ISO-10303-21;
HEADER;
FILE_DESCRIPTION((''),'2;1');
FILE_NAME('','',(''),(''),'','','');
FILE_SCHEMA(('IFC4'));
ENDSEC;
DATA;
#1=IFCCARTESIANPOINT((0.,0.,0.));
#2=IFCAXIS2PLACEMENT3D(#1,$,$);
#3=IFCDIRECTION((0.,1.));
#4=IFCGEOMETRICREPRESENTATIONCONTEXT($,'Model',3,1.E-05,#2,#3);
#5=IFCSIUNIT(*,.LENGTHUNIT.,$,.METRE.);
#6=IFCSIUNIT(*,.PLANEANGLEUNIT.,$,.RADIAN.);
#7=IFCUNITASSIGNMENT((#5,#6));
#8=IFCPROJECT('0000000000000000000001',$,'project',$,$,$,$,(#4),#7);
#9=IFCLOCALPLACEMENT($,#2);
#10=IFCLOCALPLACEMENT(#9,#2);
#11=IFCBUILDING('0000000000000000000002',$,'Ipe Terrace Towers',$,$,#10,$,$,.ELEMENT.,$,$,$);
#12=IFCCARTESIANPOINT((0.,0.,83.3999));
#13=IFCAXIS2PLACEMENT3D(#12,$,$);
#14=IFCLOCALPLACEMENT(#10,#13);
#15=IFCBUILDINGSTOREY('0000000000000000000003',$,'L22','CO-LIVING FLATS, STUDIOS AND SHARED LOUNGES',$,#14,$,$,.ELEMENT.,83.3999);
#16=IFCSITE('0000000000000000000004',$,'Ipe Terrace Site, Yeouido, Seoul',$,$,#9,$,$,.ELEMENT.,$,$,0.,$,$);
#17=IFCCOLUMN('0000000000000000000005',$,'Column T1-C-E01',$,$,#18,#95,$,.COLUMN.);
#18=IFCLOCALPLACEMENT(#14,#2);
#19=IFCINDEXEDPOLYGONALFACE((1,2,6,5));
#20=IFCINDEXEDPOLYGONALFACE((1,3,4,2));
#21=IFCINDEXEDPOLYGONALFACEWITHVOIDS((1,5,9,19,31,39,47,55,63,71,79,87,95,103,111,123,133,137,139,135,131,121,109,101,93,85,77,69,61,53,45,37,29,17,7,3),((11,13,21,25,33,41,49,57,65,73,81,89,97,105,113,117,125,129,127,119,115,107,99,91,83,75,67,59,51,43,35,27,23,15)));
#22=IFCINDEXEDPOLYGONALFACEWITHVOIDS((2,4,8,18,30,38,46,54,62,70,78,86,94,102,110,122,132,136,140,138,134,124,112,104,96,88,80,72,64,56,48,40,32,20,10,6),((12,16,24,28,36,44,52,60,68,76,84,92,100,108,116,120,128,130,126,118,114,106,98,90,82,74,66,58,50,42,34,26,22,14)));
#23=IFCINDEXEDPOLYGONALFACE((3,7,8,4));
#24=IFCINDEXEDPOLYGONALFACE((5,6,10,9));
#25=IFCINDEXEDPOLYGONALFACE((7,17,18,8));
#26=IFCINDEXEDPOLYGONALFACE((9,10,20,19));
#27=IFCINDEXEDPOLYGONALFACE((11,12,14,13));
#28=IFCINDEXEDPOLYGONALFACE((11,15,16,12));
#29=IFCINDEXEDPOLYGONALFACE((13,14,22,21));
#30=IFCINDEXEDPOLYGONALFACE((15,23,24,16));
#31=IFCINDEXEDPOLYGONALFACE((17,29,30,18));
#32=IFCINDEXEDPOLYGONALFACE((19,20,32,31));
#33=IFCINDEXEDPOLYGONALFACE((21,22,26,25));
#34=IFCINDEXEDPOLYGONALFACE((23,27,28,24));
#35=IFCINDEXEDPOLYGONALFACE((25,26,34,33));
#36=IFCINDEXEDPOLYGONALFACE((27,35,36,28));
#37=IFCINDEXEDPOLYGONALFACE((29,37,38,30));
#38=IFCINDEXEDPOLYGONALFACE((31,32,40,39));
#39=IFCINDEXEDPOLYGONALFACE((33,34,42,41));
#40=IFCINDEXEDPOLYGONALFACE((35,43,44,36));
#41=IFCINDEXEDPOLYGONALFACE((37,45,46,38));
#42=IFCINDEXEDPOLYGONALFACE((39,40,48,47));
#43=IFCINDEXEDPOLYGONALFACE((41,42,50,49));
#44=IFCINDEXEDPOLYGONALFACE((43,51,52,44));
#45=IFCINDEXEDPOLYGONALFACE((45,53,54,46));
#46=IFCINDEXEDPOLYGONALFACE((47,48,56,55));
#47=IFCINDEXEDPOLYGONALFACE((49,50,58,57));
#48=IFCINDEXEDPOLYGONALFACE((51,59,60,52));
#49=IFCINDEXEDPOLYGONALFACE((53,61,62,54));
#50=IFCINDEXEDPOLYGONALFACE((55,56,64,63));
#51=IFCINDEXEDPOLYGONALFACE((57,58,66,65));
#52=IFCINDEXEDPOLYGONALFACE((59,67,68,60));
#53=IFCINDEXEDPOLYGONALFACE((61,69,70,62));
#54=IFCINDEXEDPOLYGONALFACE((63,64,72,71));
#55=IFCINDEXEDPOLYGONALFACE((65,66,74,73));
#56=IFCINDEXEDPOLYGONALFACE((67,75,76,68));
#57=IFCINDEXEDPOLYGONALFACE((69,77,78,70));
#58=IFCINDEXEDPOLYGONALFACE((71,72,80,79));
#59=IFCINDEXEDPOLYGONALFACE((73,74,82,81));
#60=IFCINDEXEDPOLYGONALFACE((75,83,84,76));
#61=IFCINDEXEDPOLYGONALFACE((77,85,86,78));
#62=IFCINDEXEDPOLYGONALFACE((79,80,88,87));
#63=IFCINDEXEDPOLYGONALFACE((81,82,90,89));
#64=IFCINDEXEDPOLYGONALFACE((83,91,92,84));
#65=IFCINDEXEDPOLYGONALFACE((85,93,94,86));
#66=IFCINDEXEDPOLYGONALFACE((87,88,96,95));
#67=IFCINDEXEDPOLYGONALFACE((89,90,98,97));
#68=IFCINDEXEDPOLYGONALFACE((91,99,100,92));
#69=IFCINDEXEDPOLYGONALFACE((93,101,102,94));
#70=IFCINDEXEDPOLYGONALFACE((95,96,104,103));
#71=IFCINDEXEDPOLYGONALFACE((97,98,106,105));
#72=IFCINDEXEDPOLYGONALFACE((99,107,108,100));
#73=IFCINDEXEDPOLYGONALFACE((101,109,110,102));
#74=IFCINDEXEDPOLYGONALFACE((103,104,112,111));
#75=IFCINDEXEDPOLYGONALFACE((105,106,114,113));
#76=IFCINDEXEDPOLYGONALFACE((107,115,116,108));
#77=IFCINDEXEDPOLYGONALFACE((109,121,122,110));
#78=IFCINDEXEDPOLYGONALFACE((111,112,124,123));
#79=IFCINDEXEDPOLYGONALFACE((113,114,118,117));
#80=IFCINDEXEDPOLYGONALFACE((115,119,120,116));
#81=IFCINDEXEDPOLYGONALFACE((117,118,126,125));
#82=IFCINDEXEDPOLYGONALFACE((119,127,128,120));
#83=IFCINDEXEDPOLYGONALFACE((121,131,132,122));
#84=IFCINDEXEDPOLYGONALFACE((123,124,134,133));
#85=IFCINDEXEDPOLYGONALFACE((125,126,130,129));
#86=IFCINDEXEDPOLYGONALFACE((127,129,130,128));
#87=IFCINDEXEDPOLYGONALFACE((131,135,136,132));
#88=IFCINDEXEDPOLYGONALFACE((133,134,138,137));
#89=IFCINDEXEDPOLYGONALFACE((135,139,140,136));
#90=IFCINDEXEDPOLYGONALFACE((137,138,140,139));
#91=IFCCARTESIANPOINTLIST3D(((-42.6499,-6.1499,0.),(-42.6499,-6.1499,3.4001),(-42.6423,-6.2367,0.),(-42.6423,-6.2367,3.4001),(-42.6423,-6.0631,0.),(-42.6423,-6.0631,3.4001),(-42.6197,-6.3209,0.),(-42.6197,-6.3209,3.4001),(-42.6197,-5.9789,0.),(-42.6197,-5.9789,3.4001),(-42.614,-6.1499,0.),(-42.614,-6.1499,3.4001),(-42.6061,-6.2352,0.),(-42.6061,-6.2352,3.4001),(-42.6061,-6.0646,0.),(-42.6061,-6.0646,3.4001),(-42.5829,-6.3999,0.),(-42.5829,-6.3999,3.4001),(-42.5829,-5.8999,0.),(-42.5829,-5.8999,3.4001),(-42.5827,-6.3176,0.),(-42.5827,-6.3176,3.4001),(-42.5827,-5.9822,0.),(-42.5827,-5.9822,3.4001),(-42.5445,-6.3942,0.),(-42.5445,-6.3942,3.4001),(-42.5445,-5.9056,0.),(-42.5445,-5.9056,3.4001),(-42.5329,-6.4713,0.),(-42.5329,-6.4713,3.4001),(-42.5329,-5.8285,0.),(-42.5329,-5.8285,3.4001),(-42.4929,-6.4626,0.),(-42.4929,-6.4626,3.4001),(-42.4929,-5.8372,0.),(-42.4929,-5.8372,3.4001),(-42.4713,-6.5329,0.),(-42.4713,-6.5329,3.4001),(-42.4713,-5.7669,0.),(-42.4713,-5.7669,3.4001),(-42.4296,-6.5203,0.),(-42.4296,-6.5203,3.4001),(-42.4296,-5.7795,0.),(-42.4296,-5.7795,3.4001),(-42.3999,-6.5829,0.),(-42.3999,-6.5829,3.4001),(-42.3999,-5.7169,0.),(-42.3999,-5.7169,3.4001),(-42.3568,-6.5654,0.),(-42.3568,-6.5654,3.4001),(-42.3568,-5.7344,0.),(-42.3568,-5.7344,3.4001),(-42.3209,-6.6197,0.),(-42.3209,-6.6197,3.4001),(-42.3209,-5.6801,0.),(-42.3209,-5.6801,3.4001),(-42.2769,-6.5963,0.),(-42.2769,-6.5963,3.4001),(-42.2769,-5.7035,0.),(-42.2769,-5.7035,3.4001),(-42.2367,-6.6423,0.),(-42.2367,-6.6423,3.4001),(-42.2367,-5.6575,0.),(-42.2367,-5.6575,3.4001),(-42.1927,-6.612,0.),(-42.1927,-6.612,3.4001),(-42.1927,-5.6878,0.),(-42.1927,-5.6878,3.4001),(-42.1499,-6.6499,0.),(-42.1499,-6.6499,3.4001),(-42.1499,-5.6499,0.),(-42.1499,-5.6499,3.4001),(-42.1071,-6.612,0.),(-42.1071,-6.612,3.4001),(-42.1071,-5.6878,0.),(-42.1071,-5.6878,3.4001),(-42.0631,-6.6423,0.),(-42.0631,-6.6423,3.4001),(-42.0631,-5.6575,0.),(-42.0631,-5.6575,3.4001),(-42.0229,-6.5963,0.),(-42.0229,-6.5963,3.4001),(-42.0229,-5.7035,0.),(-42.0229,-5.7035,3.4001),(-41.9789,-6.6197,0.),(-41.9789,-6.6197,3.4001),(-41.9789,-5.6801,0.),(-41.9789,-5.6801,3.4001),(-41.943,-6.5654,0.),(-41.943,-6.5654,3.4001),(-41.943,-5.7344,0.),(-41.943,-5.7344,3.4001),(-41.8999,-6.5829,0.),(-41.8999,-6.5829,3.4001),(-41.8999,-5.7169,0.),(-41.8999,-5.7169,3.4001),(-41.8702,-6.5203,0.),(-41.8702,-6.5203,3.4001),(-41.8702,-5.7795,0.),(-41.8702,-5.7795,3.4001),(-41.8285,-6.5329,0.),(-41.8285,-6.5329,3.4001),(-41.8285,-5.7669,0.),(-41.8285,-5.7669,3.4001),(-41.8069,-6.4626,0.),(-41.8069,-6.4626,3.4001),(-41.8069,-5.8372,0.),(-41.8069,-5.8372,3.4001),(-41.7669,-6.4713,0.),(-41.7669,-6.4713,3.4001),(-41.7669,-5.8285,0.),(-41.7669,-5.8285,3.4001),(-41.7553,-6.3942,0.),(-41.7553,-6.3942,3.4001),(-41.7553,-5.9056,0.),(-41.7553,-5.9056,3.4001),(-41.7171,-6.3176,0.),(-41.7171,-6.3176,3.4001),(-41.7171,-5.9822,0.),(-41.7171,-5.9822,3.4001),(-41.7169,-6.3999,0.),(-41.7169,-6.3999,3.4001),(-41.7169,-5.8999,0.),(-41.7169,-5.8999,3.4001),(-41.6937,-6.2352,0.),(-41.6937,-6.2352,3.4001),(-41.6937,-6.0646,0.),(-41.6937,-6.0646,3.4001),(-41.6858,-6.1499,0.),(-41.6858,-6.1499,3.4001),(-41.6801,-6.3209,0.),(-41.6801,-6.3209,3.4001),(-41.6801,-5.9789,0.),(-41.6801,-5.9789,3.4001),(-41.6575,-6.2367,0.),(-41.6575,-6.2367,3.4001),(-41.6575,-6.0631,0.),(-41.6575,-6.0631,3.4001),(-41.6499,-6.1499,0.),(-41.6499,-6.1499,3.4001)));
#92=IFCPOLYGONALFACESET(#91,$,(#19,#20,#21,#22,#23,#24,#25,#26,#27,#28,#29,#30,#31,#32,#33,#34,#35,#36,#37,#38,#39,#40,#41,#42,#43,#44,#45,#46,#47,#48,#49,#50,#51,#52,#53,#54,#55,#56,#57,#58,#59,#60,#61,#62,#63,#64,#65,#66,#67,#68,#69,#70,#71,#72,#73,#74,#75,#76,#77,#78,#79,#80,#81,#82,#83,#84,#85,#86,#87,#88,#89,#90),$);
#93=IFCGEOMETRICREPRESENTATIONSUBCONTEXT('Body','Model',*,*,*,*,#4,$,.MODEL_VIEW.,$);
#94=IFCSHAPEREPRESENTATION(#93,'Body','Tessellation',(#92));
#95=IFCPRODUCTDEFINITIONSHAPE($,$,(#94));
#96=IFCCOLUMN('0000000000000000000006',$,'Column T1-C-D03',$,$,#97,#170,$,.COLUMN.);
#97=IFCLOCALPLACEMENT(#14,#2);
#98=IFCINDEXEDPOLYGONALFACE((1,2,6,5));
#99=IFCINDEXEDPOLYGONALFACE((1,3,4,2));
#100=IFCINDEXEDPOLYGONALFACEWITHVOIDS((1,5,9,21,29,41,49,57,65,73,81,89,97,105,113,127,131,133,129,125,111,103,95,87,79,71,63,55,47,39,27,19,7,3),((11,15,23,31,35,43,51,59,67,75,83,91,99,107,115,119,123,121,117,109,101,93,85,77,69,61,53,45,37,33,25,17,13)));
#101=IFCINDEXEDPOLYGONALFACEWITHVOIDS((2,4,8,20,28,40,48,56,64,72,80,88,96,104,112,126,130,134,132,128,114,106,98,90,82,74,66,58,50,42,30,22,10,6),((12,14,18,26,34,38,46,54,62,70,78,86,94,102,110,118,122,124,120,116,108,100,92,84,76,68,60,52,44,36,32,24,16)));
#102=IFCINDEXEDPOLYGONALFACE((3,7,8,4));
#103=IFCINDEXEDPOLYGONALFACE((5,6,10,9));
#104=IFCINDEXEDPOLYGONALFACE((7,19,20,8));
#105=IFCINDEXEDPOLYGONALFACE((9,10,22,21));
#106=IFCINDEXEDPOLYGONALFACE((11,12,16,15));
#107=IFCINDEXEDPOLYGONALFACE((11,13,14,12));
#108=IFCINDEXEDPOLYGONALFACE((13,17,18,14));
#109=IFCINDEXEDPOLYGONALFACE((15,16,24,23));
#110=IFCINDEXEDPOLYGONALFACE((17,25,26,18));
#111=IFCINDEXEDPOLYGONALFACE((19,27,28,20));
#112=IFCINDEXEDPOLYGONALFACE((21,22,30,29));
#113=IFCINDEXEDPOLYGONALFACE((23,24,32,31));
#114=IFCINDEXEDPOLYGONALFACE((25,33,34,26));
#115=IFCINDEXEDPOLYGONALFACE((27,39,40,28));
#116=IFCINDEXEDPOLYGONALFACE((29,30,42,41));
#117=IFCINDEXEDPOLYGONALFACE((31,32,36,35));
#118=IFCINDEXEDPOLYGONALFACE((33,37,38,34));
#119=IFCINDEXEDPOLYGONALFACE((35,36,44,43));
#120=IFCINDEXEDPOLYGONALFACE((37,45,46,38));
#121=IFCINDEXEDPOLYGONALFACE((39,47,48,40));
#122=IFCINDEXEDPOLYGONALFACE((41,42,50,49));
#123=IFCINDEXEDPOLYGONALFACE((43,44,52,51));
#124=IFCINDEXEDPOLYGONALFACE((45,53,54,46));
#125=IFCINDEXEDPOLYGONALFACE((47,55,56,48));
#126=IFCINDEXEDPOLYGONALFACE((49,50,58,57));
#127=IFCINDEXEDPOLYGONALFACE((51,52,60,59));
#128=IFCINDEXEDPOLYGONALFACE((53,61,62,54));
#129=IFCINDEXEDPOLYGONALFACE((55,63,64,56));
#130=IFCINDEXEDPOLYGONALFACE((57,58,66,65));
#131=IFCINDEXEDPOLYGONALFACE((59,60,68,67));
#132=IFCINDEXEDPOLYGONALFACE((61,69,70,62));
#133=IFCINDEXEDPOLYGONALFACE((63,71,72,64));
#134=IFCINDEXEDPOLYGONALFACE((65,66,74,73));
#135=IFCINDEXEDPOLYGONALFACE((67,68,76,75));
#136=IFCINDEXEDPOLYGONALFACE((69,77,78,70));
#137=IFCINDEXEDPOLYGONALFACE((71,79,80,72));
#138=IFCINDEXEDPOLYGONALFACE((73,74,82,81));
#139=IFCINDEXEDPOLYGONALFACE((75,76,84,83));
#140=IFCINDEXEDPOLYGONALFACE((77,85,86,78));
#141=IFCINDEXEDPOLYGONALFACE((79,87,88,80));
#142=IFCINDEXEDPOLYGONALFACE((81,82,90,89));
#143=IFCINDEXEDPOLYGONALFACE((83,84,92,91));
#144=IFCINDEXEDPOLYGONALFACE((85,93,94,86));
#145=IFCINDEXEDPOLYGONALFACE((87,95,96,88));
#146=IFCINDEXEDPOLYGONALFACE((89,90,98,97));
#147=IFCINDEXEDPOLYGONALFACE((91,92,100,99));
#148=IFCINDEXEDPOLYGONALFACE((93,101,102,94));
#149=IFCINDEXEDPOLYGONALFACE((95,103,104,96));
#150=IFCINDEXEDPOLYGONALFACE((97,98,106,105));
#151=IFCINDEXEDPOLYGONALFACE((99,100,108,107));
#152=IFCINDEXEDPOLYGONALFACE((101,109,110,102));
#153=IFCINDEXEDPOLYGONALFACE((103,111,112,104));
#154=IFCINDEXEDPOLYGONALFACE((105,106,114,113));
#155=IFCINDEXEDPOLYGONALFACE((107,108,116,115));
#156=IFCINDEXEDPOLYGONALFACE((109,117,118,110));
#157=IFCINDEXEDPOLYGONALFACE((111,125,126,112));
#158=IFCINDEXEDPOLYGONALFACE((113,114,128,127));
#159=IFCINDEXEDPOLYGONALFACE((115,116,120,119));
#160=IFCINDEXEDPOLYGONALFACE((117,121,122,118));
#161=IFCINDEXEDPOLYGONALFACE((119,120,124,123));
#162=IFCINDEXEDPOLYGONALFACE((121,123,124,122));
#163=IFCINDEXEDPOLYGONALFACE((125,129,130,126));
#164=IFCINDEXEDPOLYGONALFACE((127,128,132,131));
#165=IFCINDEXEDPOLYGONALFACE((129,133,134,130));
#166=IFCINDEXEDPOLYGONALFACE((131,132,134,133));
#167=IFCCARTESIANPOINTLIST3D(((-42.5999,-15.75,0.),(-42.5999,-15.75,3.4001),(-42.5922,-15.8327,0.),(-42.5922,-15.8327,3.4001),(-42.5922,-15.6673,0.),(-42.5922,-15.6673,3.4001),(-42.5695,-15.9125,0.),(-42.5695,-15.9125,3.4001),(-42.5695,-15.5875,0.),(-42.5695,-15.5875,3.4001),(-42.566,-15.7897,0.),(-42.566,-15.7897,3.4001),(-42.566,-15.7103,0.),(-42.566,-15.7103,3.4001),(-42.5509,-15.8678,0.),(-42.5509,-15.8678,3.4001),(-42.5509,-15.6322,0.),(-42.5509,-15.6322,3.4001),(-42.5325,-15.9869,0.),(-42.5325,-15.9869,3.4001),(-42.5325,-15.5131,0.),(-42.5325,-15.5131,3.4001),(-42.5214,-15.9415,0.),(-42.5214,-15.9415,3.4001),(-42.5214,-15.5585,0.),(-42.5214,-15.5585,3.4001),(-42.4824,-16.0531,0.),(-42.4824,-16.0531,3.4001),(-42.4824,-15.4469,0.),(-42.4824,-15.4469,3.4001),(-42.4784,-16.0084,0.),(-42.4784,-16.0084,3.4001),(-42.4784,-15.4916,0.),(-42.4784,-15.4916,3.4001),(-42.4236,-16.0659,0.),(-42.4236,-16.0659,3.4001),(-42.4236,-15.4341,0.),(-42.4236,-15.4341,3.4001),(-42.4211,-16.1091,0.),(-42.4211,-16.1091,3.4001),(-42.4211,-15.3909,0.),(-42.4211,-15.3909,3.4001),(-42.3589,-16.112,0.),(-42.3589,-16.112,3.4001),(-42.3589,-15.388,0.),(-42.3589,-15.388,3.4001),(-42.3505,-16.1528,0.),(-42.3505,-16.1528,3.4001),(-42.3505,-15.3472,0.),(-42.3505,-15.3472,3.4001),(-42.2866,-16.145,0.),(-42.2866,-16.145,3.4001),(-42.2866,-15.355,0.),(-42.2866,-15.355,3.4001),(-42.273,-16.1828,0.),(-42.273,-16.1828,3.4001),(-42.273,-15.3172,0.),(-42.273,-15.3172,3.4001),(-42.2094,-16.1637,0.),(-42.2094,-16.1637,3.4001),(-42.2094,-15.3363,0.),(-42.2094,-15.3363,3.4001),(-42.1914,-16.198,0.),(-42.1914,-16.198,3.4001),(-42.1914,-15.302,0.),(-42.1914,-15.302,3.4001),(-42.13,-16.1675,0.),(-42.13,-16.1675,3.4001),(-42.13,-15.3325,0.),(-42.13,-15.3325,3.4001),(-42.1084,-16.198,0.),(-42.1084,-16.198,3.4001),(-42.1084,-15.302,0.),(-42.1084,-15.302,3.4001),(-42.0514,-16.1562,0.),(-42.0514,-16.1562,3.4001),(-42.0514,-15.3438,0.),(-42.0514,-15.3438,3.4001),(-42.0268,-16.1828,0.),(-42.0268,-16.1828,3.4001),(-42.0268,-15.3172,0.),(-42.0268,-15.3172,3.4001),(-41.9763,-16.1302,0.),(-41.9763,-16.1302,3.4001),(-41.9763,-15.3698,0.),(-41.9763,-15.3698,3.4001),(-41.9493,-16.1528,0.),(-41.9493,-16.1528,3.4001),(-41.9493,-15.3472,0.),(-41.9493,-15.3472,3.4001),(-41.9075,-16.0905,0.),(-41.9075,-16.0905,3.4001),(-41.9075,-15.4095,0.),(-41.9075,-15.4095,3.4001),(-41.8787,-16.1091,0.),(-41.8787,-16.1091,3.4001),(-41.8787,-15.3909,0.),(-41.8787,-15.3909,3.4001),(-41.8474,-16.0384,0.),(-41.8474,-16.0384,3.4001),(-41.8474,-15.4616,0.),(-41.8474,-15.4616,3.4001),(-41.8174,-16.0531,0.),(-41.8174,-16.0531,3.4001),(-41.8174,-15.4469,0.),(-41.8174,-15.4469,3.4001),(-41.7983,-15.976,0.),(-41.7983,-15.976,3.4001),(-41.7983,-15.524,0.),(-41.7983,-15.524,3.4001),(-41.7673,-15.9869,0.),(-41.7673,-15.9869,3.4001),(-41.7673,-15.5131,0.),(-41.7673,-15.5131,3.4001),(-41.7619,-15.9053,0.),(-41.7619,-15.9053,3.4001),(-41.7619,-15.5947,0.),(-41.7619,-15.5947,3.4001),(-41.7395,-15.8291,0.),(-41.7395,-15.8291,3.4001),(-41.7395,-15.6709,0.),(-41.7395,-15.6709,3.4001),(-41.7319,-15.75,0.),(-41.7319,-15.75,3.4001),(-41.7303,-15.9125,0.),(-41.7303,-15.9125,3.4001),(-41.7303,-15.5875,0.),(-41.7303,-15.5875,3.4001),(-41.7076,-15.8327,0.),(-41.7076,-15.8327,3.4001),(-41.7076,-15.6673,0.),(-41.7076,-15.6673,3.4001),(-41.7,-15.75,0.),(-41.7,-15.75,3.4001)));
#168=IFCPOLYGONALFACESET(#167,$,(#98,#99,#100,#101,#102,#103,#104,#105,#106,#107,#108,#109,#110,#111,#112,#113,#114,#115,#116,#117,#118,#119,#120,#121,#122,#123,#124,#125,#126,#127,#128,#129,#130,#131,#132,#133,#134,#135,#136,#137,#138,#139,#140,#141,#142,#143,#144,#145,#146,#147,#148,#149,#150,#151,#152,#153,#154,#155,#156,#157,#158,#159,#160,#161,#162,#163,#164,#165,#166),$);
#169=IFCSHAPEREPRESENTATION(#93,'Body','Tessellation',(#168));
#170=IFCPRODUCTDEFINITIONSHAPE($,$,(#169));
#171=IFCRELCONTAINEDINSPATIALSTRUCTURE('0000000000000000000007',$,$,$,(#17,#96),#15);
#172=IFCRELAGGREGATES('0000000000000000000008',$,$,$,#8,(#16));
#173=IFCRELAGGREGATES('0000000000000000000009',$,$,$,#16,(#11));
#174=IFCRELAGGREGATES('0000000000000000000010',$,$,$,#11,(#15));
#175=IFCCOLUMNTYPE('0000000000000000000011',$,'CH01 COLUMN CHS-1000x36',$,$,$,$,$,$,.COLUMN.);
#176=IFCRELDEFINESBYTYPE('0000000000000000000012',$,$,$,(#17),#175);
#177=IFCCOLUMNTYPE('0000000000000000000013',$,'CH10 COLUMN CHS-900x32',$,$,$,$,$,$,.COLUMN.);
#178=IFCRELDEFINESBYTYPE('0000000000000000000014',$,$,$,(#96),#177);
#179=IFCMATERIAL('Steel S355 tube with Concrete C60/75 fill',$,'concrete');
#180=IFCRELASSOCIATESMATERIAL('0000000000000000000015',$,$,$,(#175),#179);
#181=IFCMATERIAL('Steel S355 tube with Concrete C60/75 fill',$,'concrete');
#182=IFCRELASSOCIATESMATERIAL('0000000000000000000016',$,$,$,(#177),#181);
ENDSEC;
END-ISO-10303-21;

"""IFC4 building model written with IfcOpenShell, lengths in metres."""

from ifc_helpers import new_model, si_unit, direction, frame, origin, origin_2d, place, context, subcontext, project, spatial, hollow_circle, extrude, material, material_profile, profile_set, type_object, element, save


model = new_model("IFC4")

# Units and contexts
model_context = context("Model", 3, precision=1e-05, world=origin(), true_north=direction((0.0, 1.0)))
body_context = subcontext(model_context, "Body", "Model", "MODEL_VIEW")
ifc_project = project(units=[si_unit("LENGTHUNIT", "METRE"), si_unit("PLANEANGLEUNIT", "RADIAN")], contexts=[model_context])

# Site, building, storey
site_placement = place(None, origin())
site = spatial("IfcSite", under=ifc_project, at=site_placement, Name="Ipe Terrace Site, Yeouido, Seoul", CompositionType="ELEMENT", RefElevation=0.0)
building_placement = place(site_placement, origin())
building = spatial("IfcBuilding", under=site, at=building_placement, Name="Ipe Terrace Towers", CompositionType="ELEMENT")
storey_placement = place(building_placement, frame((0.0, 0.0, 83.3999)))
storey = spatial("IfcBuildingStorey", under=building, at=storey_placement, Name="L22", Description="CO-LIVING FLATS, STUDIOS AND SHARED LOUNGES", CompositionType="ELEMENT", Elevation=83.3999)

# Columns
ifc_material_1 = material(Name="Steel S355 tube with Concrete C60/75 fill", Category="concrete")
ifc_material_profile_1 = material_profile(ifc_material_1, hollow_circle(Radius=0.5, WallThickness=0.0359, at=origin_2d()), Name="CHS-1000x36")
ifc_profile_set_1 = profile_set([ifc_material_profile_1], Name="Steel S355 tube with Concrete C60/75 fill")
column_type_1 = type_object("IfcColumnType", Name="CH01 COLUMN CHS-1000x36", PredefinedType="COLUMN", material=ifc_profile_set_1)
column_placement = place(storey_placement, frame((-42.1499, -6.1499, 0.0), z_axis=(0.0, 0.0, 1.0), x_axis=(1.0, 0.0, 0.0)))
element("IfcColumn", 1, at=column_placement, inside=storey, type_object=column_type_1, Name="Column T1-C-E01", PredefinedType="COLUMN", context=body_context, shape_type="SweptSolid", body=[
    extrude(hollow_circle(Radius=0.5, WallThickness=0.0359, at=origin_2d()), origin(), (0.0, 0.0, 1.0), 3.4001),
])
ifc_material_2 = material(Name="Steel S355 tube with Concrete C60/75 fill", Category="concrete")
ifc_material_profile_2 = material_profile(ifc_material_2, hollow_circle(Radius=0.45, WallThickness=0.032, at=origin_2d()), Name="CHS-900x32")
ifc_profile_set_2 = profile_set([ifc_material_profile_2], Name="Steel S355 tube with Concrete C60/75 fill")
column_type_2 = type_object("IfcColumnType", Name="CH10 COLUMN CHS-900x32", PredefinedType="COLUMN", material=ifc_profile_set_2)
for number, where, z_axis, x_axis, name in (
    (2, (-42.1499, -15.75, 0.0), (0.0, 0.0, 1.0), (1.0, 0.0, 0.0), "Column T1-C-D03"),
):
    element("IfcColumn", number, at=place(storey_placement, frame(where, z_axis=z_axis, x_axis=x_axis)), inside=storey, type_object=column_type_2, Name=name, PredefinedType="COLUMN", context=body_context, shape_type="SweptSolid", body=[
        extrude(hollow_circle(Radius=0.45, WallThickness=0.032, at=origin_2d()), origin(), (0.0, 0.0, 1.0), 3.4001),
    ])

save(model, "model.ifc")
